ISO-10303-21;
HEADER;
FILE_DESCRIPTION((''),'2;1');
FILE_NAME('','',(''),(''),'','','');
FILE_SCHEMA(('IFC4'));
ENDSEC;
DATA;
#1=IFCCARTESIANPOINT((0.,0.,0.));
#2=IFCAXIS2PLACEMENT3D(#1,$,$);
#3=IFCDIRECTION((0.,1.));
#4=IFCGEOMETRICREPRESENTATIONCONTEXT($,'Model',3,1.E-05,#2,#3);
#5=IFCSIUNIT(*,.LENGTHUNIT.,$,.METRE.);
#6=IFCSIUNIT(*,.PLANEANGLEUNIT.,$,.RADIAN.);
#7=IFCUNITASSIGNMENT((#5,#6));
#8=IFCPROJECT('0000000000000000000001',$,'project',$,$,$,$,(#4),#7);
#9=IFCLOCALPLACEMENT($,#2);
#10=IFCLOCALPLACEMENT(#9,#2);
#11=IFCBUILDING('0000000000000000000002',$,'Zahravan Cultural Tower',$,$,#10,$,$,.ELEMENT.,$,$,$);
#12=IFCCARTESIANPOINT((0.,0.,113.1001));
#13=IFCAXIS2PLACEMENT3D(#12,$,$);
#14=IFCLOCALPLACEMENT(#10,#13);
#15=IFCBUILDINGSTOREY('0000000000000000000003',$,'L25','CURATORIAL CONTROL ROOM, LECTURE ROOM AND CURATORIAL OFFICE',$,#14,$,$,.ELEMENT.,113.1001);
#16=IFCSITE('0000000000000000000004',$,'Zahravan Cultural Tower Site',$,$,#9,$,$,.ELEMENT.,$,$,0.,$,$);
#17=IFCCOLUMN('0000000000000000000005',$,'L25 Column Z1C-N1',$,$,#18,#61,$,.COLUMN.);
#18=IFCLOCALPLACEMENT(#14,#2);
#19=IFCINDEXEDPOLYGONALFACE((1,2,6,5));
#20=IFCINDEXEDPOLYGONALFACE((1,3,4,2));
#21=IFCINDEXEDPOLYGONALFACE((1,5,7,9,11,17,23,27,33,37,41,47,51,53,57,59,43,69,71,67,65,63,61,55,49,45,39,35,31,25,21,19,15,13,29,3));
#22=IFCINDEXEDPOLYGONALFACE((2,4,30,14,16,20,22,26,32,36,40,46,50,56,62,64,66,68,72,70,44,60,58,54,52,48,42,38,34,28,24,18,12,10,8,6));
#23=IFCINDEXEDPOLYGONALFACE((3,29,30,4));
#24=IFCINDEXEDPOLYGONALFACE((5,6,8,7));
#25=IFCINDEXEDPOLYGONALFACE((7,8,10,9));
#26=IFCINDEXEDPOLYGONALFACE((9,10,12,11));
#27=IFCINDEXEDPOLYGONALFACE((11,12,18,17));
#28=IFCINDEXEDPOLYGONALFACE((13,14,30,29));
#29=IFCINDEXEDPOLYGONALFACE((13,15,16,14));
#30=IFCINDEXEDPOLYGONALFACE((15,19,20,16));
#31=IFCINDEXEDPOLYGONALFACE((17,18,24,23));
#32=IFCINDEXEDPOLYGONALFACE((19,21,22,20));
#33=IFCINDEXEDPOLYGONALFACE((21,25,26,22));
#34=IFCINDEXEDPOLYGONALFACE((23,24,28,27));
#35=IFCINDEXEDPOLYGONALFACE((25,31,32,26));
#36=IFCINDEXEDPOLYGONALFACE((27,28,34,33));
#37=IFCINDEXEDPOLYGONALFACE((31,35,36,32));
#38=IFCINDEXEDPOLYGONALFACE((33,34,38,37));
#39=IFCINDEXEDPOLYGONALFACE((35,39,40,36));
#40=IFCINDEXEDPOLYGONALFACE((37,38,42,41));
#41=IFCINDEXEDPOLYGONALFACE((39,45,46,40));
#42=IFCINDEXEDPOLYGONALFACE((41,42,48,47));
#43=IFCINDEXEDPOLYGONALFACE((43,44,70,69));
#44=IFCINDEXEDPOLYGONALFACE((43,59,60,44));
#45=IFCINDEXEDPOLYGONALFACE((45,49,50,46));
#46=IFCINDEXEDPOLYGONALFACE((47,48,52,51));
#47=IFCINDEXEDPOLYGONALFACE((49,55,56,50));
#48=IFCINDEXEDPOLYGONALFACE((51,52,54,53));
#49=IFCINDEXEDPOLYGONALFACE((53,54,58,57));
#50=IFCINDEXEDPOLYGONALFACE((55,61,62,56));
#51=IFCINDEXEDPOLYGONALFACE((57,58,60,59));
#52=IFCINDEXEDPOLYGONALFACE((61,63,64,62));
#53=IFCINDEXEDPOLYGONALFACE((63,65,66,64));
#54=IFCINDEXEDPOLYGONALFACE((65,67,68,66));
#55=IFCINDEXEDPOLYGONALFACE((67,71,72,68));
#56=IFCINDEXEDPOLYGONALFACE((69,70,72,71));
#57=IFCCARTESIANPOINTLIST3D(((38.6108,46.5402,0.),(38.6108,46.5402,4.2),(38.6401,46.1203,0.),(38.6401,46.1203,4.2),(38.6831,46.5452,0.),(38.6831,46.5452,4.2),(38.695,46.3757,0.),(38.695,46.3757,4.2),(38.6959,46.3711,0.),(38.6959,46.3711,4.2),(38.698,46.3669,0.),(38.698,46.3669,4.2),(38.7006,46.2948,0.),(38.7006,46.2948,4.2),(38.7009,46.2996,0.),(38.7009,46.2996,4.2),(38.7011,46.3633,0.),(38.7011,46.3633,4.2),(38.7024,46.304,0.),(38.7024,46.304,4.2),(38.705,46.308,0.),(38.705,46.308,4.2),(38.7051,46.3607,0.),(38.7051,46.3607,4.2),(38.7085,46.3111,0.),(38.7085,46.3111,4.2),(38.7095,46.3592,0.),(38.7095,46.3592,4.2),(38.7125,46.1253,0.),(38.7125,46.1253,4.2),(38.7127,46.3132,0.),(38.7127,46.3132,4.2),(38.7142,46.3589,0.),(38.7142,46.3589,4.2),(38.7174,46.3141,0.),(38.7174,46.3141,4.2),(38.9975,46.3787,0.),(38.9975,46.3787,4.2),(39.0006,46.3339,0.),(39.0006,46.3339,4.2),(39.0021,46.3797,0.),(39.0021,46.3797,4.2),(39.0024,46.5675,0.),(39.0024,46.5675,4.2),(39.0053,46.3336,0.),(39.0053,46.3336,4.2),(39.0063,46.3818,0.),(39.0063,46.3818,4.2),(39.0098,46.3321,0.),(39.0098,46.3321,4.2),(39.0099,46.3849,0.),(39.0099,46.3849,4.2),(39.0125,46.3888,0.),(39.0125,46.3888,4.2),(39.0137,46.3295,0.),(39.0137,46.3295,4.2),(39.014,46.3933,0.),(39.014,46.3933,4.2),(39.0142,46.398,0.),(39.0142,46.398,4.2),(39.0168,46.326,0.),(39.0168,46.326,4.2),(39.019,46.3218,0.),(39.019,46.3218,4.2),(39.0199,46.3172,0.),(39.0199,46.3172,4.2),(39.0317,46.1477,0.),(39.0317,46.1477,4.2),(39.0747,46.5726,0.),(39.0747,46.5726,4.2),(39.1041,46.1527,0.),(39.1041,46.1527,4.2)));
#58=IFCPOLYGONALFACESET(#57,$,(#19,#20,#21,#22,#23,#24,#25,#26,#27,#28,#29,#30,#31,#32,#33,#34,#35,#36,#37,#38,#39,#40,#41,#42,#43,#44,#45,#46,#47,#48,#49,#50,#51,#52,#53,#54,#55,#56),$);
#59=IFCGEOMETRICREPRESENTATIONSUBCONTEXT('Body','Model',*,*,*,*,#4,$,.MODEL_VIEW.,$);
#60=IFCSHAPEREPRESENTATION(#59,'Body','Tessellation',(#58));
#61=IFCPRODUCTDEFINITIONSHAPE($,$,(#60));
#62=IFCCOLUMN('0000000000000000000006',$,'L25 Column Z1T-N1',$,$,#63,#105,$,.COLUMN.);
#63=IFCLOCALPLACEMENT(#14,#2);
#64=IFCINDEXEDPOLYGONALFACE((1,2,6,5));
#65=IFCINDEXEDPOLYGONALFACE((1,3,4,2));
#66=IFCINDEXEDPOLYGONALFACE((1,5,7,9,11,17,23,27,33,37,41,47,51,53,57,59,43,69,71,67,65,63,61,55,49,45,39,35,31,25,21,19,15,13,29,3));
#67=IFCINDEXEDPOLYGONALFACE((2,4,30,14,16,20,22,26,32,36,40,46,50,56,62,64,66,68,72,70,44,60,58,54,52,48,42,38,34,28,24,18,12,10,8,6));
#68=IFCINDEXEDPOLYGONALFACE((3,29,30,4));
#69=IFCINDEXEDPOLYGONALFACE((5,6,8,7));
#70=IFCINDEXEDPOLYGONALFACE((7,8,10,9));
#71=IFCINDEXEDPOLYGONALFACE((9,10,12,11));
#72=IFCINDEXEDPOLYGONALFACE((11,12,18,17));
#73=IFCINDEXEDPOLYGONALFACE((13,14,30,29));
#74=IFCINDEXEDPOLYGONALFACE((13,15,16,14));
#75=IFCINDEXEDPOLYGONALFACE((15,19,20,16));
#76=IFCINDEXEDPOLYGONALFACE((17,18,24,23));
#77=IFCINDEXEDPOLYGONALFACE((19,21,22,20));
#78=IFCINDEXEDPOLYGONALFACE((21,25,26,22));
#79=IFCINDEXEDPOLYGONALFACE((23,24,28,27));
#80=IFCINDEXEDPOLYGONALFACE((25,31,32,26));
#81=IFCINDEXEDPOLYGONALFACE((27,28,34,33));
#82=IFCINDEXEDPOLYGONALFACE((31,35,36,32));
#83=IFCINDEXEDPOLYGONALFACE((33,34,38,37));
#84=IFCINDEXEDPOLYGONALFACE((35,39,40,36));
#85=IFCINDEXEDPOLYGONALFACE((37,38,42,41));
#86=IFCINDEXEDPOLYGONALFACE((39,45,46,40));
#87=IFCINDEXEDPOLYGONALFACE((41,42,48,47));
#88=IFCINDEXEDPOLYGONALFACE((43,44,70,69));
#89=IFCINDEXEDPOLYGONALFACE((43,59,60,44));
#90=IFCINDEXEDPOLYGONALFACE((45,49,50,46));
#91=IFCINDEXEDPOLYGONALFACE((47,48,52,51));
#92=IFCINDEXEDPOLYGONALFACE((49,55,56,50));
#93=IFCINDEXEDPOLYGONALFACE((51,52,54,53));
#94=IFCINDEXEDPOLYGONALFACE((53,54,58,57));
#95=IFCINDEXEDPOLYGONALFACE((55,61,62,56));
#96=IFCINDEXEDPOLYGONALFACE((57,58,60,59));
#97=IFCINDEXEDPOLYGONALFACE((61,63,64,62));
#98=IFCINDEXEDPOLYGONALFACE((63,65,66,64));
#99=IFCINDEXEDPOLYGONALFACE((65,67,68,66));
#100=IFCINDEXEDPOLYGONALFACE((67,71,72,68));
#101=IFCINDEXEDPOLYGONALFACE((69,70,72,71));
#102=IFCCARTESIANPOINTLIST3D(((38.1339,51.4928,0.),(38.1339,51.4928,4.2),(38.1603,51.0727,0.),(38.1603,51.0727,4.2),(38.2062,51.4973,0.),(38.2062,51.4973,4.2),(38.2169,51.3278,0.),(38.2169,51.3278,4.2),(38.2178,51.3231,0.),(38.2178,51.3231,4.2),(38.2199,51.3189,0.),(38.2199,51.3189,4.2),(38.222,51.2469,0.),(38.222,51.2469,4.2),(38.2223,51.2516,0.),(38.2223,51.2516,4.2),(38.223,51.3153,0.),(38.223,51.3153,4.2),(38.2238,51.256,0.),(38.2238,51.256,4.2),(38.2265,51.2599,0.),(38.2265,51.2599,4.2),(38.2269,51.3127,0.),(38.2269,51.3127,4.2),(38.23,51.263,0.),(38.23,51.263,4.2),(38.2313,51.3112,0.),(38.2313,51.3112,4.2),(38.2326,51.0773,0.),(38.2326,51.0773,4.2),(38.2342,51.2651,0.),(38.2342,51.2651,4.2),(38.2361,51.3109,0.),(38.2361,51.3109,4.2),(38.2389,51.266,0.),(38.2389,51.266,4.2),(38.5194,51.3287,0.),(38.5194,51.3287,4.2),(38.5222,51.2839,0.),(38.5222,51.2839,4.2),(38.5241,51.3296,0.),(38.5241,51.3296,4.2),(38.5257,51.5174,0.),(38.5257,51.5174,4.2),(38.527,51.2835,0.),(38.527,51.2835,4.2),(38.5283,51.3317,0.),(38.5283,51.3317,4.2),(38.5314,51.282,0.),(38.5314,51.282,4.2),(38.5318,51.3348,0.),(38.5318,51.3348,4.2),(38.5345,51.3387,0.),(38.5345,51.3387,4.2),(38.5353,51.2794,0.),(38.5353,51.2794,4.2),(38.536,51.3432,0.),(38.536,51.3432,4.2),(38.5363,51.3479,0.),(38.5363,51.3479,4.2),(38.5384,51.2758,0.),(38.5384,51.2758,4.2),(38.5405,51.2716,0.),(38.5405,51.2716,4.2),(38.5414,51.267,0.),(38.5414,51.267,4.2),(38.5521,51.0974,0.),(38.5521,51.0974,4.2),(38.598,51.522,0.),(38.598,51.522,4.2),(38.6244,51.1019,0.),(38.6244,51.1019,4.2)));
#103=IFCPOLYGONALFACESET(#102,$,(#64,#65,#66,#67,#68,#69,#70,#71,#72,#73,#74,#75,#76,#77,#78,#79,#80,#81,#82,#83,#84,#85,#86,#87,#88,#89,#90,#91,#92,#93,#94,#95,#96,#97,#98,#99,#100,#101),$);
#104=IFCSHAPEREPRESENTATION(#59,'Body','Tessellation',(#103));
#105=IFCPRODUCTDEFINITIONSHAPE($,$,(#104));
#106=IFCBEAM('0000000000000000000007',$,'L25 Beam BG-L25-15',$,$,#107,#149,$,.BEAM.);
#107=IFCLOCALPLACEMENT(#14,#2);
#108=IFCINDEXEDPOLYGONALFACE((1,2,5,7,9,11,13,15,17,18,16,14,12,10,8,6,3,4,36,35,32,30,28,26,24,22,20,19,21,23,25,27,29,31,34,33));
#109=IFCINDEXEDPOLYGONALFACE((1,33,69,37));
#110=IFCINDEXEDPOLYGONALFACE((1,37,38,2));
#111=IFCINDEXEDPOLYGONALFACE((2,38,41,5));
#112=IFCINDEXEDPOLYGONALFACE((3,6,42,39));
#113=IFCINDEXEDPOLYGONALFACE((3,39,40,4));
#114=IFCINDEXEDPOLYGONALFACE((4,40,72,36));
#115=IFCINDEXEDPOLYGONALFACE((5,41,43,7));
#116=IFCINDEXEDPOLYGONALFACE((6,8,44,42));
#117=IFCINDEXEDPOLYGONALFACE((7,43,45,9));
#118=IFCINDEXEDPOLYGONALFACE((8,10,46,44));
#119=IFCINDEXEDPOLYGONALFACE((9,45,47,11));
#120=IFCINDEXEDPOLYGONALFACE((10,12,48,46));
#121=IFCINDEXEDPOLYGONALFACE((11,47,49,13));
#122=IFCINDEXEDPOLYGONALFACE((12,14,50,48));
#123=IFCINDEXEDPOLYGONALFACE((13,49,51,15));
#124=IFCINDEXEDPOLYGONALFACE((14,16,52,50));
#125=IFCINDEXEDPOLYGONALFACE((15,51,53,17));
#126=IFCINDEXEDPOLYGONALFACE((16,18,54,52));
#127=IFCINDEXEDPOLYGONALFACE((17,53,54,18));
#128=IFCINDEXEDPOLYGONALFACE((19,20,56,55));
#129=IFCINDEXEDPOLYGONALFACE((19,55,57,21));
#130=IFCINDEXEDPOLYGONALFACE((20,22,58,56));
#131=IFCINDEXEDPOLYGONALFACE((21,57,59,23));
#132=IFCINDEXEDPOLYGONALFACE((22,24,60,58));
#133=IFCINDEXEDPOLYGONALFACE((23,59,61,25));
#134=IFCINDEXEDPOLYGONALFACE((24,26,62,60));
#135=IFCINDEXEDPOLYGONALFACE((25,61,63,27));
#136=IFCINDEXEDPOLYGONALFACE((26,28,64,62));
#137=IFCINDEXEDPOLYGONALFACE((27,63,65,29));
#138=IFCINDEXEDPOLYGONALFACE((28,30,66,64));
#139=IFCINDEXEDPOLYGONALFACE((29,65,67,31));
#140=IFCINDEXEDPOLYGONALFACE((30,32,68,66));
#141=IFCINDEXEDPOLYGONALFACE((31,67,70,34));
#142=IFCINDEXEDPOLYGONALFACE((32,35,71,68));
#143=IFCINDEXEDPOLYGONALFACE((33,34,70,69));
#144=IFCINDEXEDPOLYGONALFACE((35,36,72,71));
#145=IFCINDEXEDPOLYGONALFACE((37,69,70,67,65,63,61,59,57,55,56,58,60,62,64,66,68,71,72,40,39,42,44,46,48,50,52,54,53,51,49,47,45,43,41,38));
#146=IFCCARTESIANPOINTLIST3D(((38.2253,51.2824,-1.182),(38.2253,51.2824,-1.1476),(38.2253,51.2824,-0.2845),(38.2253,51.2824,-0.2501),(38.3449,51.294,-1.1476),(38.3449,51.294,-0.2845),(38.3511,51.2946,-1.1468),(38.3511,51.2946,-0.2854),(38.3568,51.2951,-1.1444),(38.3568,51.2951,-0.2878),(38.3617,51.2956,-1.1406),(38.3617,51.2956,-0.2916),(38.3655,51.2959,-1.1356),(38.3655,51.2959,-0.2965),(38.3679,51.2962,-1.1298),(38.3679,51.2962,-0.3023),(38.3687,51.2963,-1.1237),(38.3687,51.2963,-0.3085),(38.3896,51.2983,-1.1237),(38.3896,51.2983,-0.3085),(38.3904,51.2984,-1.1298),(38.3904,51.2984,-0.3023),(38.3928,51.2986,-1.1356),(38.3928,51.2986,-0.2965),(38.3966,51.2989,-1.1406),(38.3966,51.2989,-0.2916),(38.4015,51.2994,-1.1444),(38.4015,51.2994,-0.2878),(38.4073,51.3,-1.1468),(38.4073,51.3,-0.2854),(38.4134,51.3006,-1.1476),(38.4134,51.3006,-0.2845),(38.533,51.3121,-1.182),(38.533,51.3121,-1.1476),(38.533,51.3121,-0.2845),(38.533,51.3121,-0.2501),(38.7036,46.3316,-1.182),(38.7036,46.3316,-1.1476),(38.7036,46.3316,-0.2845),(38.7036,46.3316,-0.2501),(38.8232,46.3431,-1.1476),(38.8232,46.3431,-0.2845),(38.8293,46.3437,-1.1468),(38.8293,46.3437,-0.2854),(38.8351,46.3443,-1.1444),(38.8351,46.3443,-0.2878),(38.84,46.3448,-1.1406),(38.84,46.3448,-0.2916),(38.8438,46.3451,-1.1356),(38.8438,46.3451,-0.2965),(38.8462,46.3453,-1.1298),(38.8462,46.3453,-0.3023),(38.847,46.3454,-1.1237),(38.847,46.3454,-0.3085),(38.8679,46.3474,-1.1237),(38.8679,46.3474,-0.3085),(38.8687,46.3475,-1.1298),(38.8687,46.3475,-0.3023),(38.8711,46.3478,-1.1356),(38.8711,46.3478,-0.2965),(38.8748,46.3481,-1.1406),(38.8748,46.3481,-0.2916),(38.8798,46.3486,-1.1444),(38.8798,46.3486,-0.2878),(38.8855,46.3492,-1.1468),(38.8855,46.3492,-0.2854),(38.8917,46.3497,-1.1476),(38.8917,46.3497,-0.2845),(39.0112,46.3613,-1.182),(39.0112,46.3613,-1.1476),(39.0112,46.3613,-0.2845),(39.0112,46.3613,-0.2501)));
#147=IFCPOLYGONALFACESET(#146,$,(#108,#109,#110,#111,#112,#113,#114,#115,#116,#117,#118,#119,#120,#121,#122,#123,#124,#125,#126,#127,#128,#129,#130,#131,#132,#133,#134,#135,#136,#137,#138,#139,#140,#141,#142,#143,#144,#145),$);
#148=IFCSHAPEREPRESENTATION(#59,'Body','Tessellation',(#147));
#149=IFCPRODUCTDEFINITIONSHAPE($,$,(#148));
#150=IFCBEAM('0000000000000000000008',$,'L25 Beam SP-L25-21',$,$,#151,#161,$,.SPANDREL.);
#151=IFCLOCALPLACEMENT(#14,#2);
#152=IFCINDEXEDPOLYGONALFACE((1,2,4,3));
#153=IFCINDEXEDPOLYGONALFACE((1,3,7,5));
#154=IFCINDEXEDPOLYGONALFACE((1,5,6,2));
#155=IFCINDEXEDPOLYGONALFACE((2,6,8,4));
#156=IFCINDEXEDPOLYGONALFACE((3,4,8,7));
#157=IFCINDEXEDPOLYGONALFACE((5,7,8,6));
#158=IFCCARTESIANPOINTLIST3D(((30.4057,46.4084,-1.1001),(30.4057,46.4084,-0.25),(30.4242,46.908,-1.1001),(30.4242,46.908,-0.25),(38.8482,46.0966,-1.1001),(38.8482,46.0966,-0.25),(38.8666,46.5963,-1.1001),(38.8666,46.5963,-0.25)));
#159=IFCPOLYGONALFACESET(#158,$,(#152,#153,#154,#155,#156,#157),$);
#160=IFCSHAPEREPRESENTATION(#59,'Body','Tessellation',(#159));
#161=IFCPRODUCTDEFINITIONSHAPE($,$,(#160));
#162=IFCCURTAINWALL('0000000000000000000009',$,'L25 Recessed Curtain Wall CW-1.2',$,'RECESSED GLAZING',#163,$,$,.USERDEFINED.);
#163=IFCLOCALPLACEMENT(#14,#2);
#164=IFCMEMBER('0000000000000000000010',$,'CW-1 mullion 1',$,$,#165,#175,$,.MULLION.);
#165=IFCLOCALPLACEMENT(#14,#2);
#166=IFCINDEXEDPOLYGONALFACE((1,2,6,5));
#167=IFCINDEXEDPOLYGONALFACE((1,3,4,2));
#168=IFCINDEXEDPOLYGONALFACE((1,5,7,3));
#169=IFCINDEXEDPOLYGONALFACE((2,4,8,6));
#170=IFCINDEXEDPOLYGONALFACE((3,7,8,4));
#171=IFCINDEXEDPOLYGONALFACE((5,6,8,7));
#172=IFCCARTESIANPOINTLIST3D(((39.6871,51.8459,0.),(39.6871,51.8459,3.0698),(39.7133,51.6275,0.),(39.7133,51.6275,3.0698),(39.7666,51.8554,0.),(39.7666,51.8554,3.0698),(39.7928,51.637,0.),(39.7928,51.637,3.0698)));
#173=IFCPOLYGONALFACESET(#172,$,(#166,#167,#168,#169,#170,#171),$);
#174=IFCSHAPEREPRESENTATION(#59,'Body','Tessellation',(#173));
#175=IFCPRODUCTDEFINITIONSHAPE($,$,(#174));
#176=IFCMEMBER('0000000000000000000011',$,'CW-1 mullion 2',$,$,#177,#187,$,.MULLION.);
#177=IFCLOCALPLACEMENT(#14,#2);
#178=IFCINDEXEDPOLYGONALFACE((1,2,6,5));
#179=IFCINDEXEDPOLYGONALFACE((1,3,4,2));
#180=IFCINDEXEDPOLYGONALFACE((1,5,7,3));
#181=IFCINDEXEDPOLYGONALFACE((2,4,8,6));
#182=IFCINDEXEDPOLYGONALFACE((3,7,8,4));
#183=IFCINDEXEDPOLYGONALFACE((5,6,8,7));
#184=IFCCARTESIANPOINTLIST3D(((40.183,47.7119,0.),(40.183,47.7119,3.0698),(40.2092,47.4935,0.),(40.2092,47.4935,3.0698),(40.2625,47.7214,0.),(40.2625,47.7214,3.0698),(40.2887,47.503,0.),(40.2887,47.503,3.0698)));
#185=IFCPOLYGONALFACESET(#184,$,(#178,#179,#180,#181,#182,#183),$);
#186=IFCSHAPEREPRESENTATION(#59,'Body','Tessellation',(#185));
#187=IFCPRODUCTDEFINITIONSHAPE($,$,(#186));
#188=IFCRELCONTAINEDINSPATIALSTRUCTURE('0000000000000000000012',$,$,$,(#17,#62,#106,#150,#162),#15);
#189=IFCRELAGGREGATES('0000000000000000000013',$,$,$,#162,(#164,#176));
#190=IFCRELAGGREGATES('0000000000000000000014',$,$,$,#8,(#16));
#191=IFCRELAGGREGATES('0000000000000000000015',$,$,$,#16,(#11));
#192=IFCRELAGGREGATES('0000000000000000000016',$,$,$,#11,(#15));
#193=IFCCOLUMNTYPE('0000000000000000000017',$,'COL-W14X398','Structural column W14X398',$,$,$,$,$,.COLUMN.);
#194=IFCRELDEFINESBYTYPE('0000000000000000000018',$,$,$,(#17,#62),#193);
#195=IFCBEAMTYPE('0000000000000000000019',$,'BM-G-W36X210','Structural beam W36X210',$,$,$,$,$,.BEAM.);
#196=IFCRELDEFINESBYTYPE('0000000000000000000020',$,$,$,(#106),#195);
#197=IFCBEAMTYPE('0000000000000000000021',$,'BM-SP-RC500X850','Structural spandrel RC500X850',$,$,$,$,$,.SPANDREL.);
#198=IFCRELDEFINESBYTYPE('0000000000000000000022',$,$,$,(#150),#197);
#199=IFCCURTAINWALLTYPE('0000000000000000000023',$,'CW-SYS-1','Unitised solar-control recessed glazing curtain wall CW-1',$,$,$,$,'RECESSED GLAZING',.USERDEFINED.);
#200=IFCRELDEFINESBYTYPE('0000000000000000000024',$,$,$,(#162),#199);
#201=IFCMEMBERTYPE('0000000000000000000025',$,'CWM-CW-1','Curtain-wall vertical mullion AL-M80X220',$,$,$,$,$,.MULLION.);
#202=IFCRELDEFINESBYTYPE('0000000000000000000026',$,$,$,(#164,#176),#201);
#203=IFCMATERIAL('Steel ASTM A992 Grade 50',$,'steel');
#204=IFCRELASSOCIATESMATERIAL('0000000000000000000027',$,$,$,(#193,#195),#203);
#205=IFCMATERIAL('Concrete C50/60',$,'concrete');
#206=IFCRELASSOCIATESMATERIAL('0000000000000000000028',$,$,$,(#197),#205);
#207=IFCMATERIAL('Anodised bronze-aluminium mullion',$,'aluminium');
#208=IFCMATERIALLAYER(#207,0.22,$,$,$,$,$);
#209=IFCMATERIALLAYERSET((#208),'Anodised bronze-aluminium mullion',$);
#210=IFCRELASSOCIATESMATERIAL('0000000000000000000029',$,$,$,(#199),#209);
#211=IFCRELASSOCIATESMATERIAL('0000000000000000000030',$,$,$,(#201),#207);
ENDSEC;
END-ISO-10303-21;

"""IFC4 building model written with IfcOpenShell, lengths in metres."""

from ifc_helpers import new_model, si_unit, direction, frame, origin, origin_2d, place, context, subcontext, project, spatial, rectangle, i_section, extrude, source, transform, mapped, material, layer, layer_set, material_profile, profile_set, type_object, element, aggregate, save


model = new_model("IFC4")

# Units and contexts
model_context = context("Model", 3, precision=1e-05, world=origin(), true_north=direction((0.0, 1.0)))
body_context = subcontext(model_context, "Body", "Model", "MODEL_VIEW")
ifc_project = project(units=[si_unit("LENGTHUNIT", "METRE"), si_unit("PLANEANGLEUNIT", "RADIAN")], contexts=[model_context])

# Site, building, storey
site_placement = place(None, origin())
site = spatial("IfcSite", under=ifc_project, at=site_placement, Name="Zahravan Cultural Tower Site", CompositionType="ELEMENT", RefElevation=0.0)
building_placement = place(site_placement, origin())
building = spatial("IfcBuilding", under=site, at=building_placement, Name="Zahravan Cultural Tower", CompositionType="ELEMENT")
storey_placement = place(building_placement, frame((0.0, 0.0, 113.1001)))
storey = spatial("IfcBuildingStorey", under=building, at=storey_placement, Name="L25", Description="CURATORIAL CONTROL ROOM, LECTURE ROOM AND CURATORIAL OFFICE", CompositionType="ELEMENT", Elevation=113.1001)

# Columns
ifc_material_1 = material(Name="Steel ASTM A992 Grade 50", Category="steel")
ifc_material_profile_1 = material_profile(ifc_material_1, i_section(OverallWidth=0.4209, OverallDepth=0.4651, WebThickness=0.0449, FlangeThickness=0.0725, FilletRadius=0.0181, at=origin_2d()), Name="W14X398")
ifc_profile_set_1 = profile_set([ifc_material_profile_1], Name="Steel ASTM A992 Grade 50")
column_type = type_object("IfcColumnType", Name="COL-W14X398", Description="Structural column W14X398", PredefinedType="COLUMN", material=ifc_profile_set_1)
shared_shape_1 = source(origin(), body_context, "Body", "SweptSolid", [
    extrude(i_section(OverallWidth=0.4209, OverallDepth=0.4651, WebThickness=0.0449, FlangeThickness=0.0725, FilletRadius=0.0181, at=origin_2d()), origin(), (0.0, 0.0, 1.0), 4.2),
])
for number, where, z_axis, x_axis, name in (
    (1, (38.8574, 46.3464, 0.0), (0.0, 0.0, 1.0), (-0.069756, 0.997564, 0.0), "L25 Column Z1C-N1"),
    (2, (38.3792, 51.2974, 0.0), (0.0, 0.0, 1.0), (-0.062791, 0.998027, 0.0), "L25 Column Z1T-N1"),
):
    element("IfcColumn", number, at=place(storey_placement, frame(where, z_axis=z_axis, x_axis=x_axis)), inside=storey, type_object=column_type, Name=name, PredefinedType="COLUMN", context=body_context, shape_type="MappedRepresentation", body=[
        mapped(shared_shape_1, transform((0.0, 0.0, 0.0), x_axis=(1.0, 0.0, 0.0), y_axis=(0.0, 1.0, 0.0), z_axis=(0.0, 0.0, 1.0), scale=1.0)),
    ])

# Beams
ifc_material_profile_2 = material_profile(ifc_material_1, i_section(OverallWidth=0.3091, OverallDepth=0.9319, WebThickness=0.021, FlangeThickness=0.0344, FilletRadius=0.0239, at=origin_2d()), Name="W36X210")
ifc_profile_set_2 = profile_set([ifc_material_profile_2], Name="Steel ASTM A992 Grade 50")
beam_type_1 = type_object("IfcBeamType", Name="BM-G-W36X210", Description="Structural beam W36X210", PredefinedType="BEAM", material=ifc_profile_set_2)
shared_shape_2 = source(origin(), body_context, "Body", "SweptSolid", [
    extrude(i_section(OverallWidth=0.3091, OverallDepth=0.9319, WebThickness=0.021, FlangeThickness=0.0344, FilletRadius=0.0239, at=origin_2d()), origin(), (0.0, 0.0, 1.0), 4.9739),
])
beam_1_placement = place(storey_placement, frame((38.8574, 46.3464, -0.7161), z_axis=(-0.096155, 0.995366, 0.0), x_axis=(-0.995366, -0.096155, 0.0)))
element("IfcBeam", 3, at=beam_1_placement, inside=storey, type_object=beam_type_1, Name="L25 Beam BG-L25-15", PredefinedType="BEAM", context=body_context, shape_type="MappedRepresentation", body=[
    mapped(shared_shape_2, transform((0.0, 0.0, 0.0), x_axis=(1.0, 0.0, 0.0), y_axis=(0.0, 1.0, 0.0), z_axis=(0.0, 0.0, 1.0), scale=1.0)),
])
ifc_material_2 = material(Name="Concrete C50/60", Category="concrete")
ifc_material_profile_3 = material_profile(ifc_material_2, rectangle(XDim=0.5, YDim=0.8501, at=origin_2d()), Name="RC500X850")
ifc_profile_set_3 = profile_set([ifc_material_profile_3], Name="Concrete C50/60")
beam_type_2 = type_object("IfcBeamType", Name="BM-SP-RC500X850", Description="Structural spandrel RC500X850", PredefinedType="SPANDREL", material=ifc_profile_set_3)
shared_shape_3 = source(origin(), body_context, "Body", "SweptSolid", [
    extrude(rectangle(XDim=0.5, YDim=0.8501, at=origin_2d()), origin(), (0.0, 0.0, 1.0), 8.4482),
])
beam_2_placement = place(storey_placement, frame((38.8574, 46.3464, -0.675), z_axis=(-0.999319, 0.036904, 0.0), x_axis=(-0.036904, -0.999319, 0.0)))
element("IfcBeam", 4, at=beam_2_placement, inside=storey, type_object=beam_type_2, Name="L25 Beam SP-L25-21", PredefinedType="SPANDREL", context=body_context, shape_type="MappedRepresentation", body=[
    mapped(shared_shape_3, transform((0.0, 0.0, 0.0), x_axis=(1.0, 0.0, 0.0), y_axis=(0.0, 1.0, 0.0), z_axis=(0.0, 0.0, 1.0), scale=1.0)),
])

# Curtain wall, members
ifc_material_3 = material(Name="Anodised bronze-aluminium mullion", Category="aluminium")
ifc_layer_1 = layer(ifc_material_3, 0.22)
ifc_layer_set_1 = layer_set([ifc_layer_1], Name="Anodised bronze-aluminium mullion")
curtain_wall_type = type_object("IfcCurtainWallType", Name="CW-SYS-1", Description="Unitised solar-control recessed glazing curtain wall CW-1", ElementType="RECESSED GLAZING", PredefinedType="USERDEFINED", material=ifc_layer_set_1)
curtain_wall_placement = place(storey_placement, origin())
curtain_wall = element("IfcCurtainWall", 5, at=curtain_wall_placement, inside=storey, type_object=curtain_wall_type, Name="L25 Recessed Curtain Wall CW-1.2", ObjectType="RECESSED GLAZING", PredefinedType="USERDEFINED")
ifc_material_profile_4 = material_profile(ifc_material_3, rectangle(XDim=0.0801, YDim=0.22, at=origin_2d()), Name="AL-M80X220")
ifc_profile_set_4 = profile_set([ifc_material_profile_4], Name="Anodised bronze-aluminium mullion")
member_type_1 = type_object("IfcMemberType", Name="CWM-CW-1", Description="Curtain-wall vertical mullion AL-M80X220", PredefinedType="MULLION", material=ifc_profile_set_4)
shared_shape_4 = source(origin(), body_context, "Body", "SweptSolid", [
    extrude(rectangle(XDim=0.0801, YDim=0.22, at=origin_2d()), origin(), (0.0, 0.0, 1.0), 3.0698),
])
member_1_placement = place(storey_placement, frame((39.74, 51.7415, 0.0), z_axis=(0.0, 0.0, 1.0), x_axis=(0.992883, 0.119095, 0.0)))
member_1 = element("IfcMember", 6, at=member_1_placement, type_object=member_type_1, Name="CW-1 mullion 1", PredefinedType="MULLION", context=body_context, shape_type="MappedRepresentation", body=[
    mapped(shared_shape_4, transform((0.0, 0.0, 0.0), x_axis=(1.0, 0.0, 0.0), y_axis=(0.0, 1.0, 0.0), z_axis=(0.0, 0.0, 1.0), scale=1.0)),
])
member_2_placement = place(storey_placement, frame((40.2358, 47.6074, 0.0), z_axis=(0.0, 0.0, 1.0), x_axis=(0.992883, 0.119095, 0.0)))
member_2 = element("IfcMember", 7, at=member_2_placement, type_object=member_type_1, Name="CW-1 mullion 2", PredefinedType="MULLION", context=body_context, shape_type="MappedRepresentation", body=[
    mapped(shared_shape_4, transform((0.0, 0.0, 0.0), x_axis=(1.0, 0.0, 0.0), y_axis=(0.0, 1.0, 0.0), z_axis=(0.0, 0.0, 1.0), scale=1.0)),
])
aggregate(curtain_wall, [member_1, member_2])

save(model, "model.ifc")
